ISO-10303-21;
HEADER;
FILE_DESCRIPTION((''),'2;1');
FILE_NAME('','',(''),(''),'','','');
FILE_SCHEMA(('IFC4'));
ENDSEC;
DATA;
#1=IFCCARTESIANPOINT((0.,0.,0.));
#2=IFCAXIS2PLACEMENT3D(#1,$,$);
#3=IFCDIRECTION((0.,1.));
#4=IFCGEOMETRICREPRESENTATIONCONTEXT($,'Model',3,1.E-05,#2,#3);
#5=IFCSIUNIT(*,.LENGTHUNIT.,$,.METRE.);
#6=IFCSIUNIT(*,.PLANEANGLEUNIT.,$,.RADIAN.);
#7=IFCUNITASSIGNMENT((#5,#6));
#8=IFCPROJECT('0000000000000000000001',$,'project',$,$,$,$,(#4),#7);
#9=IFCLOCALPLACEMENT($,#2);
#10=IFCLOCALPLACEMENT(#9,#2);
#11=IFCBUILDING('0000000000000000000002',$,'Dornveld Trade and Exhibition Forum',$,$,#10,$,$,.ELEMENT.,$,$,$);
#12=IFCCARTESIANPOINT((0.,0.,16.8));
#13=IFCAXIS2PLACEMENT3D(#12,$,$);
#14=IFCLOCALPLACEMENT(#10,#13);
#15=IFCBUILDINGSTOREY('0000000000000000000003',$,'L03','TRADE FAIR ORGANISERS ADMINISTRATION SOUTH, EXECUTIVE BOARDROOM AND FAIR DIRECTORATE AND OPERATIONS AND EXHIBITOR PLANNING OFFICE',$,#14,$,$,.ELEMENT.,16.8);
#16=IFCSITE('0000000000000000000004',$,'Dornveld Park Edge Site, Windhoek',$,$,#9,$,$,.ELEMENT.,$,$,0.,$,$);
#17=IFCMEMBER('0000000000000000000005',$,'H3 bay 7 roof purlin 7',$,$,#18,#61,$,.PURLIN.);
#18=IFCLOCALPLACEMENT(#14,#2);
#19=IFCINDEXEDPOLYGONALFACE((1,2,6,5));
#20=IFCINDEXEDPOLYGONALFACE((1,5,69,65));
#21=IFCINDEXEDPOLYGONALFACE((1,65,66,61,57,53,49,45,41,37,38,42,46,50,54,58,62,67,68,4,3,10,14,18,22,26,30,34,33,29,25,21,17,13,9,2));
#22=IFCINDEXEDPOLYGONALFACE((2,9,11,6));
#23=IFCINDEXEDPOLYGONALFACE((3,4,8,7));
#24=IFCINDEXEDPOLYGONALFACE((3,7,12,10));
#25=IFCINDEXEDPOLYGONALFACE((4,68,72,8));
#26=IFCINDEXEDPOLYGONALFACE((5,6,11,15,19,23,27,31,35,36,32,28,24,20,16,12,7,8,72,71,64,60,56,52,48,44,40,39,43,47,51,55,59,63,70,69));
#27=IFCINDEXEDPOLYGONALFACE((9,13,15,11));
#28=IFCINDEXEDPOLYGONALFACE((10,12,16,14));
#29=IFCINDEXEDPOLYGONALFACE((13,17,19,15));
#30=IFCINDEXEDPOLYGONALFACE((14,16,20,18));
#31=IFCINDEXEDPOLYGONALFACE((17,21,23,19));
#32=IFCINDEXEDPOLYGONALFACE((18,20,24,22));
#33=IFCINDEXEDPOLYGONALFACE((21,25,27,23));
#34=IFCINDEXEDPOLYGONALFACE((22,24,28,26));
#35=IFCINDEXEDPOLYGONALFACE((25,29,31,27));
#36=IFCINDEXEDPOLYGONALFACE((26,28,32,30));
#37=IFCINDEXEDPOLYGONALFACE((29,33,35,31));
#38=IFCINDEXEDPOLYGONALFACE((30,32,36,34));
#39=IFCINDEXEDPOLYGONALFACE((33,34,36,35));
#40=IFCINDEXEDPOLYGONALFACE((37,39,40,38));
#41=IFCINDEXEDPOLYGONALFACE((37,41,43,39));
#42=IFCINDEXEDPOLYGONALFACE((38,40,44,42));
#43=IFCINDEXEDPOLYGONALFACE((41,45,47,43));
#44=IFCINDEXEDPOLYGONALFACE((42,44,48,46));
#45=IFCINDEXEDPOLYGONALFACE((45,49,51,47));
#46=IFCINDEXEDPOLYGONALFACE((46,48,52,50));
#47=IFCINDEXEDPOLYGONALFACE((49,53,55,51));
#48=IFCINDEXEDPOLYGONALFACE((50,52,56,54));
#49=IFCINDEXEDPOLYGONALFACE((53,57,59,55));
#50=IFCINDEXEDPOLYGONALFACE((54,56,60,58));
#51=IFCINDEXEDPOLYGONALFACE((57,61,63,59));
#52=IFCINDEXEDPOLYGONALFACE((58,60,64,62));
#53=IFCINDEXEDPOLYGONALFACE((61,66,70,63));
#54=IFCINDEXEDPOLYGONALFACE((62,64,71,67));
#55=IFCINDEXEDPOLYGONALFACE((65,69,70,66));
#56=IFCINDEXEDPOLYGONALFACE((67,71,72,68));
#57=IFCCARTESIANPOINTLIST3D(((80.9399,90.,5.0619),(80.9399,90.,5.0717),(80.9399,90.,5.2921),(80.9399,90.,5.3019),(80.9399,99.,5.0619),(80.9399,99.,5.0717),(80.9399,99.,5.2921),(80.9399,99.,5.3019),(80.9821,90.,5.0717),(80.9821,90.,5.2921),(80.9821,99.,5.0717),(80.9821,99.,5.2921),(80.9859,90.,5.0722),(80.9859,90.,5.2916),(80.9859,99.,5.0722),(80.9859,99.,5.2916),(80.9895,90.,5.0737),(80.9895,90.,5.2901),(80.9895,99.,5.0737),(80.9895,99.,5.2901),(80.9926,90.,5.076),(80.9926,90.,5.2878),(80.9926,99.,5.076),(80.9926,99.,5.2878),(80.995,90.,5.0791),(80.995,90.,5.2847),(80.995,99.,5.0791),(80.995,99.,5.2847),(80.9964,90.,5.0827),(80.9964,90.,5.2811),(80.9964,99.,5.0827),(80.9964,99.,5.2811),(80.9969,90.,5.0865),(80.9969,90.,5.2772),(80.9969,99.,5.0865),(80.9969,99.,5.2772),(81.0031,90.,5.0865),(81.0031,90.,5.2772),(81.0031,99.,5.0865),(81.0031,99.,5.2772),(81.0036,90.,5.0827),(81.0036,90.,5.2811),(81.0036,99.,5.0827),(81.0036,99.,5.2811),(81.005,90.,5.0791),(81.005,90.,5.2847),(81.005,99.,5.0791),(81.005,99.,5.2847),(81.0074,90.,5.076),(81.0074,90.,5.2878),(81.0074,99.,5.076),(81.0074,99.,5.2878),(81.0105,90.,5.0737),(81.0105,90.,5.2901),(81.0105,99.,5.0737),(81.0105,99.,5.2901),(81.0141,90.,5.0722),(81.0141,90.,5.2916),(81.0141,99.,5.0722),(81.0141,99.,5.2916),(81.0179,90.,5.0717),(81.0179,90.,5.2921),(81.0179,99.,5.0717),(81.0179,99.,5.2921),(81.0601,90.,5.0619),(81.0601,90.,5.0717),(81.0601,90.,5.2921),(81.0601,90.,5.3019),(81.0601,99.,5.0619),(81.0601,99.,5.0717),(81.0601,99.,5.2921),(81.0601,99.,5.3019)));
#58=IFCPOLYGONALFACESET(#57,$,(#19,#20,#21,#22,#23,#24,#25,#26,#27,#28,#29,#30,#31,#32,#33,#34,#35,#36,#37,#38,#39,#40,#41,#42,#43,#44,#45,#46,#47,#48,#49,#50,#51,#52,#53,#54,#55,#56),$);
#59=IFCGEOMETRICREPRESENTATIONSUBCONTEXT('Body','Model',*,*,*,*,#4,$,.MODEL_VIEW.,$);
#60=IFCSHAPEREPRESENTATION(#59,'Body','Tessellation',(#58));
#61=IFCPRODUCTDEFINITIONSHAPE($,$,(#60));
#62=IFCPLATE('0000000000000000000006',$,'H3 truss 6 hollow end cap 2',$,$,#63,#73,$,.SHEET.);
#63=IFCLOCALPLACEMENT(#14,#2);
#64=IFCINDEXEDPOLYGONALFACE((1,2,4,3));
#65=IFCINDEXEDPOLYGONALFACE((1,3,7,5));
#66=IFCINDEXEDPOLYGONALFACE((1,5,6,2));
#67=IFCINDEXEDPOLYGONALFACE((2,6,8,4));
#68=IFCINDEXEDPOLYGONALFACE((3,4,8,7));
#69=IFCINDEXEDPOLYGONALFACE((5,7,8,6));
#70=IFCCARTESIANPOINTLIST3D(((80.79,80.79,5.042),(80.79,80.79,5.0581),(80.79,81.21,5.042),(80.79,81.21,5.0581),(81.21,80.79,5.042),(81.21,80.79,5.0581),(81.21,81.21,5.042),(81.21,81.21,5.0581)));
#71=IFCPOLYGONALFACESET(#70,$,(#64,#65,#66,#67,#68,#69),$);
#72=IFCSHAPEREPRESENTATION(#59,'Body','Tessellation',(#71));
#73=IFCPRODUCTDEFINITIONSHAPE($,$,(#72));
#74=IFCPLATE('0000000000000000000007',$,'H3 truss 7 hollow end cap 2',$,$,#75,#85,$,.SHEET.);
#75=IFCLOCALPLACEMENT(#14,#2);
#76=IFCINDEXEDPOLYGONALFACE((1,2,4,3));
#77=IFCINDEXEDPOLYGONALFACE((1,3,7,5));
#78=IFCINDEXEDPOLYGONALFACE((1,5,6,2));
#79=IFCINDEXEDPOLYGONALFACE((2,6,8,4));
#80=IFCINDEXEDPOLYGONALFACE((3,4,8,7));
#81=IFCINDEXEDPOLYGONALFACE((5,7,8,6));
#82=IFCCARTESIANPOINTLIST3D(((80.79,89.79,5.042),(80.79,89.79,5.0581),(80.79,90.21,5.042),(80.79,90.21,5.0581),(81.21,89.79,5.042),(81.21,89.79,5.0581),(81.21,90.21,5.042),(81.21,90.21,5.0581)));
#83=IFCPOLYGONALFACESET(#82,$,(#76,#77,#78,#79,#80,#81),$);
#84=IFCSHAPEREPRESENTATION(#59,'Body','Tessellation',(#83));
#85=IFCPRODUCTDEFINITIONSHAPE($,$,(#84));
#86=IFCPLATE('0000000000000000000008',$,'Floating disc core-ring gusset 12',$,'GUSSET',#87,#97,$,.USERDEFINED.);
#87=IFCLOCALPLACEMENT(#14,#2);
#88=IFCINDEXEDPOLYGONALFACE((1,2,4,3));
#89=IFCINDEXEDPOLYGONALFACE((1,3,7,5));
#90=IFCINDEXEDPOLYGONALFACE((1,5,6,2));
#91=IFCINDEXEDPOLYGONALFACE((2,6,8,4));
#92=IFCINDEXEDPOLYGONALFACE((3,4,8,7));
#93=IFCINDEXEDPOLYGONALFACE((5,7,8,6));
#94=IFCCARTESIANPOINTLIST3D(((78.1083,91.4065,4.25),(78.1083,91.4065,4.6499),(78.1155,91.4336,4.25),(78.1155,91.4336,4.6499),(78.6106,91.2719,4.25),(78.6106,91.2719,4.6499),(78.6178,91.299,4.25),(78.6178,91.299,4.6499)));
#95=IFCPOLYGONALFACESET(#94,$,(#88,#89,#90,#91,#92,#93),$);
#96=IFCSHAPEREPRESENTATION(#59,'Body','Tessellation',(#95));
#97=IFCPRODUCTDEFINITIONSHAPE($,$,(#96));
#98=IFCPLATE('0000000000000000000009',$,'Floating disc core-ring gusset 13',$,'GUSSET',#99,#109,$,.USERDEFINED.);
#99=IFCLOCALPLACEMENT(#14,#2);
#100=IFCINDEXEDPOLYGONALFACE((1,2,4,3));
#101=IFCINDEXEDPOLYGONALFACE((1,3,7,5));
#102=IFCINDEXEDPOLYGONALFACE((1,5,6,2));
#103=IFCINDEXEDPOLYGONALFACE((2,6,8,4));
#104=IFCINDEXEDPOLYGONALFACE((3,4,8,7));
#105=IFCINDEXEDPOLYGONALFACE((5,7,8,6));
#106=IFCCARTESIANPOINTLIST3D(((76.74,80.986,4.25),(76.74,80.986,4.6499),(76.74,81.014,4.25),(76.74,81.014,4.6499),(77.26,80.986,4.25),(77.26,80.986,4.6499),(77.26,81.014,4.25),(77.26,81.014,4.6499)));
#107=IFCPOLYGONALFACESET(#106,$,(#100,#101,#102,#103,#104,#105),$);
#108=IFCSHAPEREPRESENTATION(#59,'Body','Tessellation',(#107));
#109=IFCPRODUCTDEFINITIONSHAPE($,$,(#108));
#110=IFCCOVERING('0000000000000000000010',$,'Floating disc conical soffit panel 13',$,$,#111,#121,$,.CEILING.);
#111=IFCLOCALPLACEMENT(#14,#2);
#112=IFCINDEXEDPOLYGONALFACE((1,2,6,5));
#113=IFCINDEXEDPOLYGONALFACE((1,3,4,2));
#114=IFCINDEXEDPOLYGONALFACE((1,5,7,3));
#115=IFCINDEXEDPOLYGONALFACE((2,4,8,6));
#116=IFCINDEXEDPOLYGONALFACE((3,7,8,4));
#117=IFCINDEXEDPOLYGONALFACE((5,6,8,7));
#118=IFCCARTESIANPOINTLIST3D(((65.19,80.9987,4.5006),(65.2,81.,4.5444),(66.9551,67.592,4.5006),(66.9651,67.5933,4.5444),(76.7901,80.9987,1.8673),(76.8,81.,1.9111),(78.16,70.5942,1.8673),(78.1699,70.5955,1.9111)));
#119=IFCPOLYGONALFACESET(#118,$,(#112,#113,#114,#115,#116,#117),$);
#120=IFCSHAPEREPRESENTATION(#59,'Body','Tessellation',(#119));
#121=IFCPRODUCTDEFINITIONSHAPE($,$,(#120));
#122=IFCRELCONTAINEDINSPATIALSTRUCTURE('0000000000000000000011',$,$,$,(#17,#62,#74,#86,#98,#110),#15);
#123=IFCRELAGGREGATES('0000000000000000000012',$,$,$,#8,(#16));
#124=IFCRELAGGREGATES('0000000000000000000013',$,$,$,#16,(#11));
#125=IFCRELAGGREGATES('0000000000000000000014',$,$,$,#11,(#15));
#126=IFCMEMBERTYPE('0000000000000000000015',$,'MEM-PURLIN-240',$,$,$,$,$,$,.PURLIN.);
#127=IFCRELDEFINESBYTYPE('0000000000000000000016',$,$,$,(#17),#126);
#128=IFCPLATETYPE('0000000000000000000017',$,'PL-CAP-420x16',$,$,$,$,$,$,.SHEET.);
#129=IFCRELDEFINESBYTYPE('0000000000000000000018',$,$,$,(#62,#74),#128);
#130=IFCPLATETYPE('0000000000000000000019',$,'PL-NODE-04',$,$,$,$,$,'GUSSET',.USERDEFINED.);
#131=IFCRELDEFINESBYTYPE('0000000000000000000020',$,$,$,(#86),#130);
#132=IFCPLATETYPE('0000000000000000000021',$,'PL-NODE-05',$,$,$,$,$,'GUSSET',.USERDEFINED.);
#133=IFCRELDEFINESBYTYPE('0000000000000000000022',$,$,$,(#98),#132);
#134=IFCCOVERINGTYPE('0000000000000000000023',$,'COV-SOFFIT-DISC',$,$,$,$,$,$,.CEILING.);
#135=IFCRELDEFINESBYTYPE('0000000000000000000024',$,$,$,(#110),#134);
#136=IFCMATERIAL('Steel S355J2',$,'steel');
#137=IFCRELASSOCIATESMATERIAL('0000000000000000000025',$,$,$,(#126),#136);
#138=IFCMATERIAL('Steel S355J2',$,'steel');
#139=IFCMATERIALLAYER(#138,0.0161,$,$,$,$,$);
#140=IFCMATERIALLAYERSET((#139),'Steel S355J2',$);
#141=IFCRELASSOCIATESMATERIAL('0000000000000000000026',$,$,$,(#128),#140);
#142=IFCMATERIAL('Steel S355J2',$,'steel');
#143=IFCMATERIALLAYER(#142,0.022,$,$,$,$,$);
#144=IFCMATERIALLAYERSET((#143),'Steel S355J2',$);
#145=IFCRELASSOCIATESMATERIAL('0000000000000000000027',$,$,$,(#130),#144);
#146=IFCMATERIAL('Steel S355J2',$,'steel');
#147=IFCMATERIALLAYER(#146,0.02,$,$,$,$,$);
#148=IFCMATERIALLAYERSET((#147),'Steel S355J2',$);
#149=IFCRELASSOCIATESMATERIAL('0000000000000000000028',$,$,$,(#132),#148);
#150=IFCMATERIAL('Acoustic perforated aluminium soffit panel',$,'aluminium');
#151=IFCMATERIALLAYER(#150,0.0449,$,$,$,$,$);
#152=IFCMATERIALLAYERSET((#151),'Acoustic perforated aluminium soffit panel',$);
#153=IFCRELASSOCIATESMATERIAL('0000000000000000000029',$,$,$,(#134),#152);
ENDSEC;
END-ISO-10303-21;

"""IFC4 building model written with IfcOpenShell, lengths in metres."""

from ifc_helpers import new_model, si_unit, direction, frame, origin, origin_2d, place, context, subcontext, project, spatial, polyline, rectangle, i_section, outline, extrude, material, layer, layer_set, material_profile, profile_set, type_object, element, save


model = new_model("IFC4")

# Units and contexts
model_context = context("Model", 3, precision=1e-05, world=origin(), true_north=direction((0.0, 1.0)))
body_context = subcontext(model_context, "Body", "Model", "MODEL_VIEW")
ifc_project = project(units=[si_unit("LENGTHUNIT", "METRE"), si_unit("PLANEANGLEUNIT", "RADIAN")], contexts=[model_context])

# Site, building, storey
site_placement = place(None, origin())
site = spatial("IfcSite", under=ifc_project, at=site_placement, Name="Dornveld Park Edge Site, Windhoek", CompositionType="ELEMENT", RefElevation=0.0)
building_placement = place(site_placement, origin())
building = spatial("IfcBuilding", under=site, at=building_placement, Name="Dornveld Trade and Exhibition Forum", CompositionType="ELEMENT")
storey_placement = place(building_placement, frame((0.0, 0.0, 16.8)))
storey = spatial("IfcBuildingStorey", under=building, at=storey_placement, Name="L03", Description="TRADE FAIR ORGANISERS ADMINISTRATION SOUTH, EXECUTIVE BOARDROOM AND FAIR DIRECTORATE AND OPERATIONS AND EXHIBITOR PLANNING OFFICE", CompositionType="ELEMENT", Elevation=16.8)

# Member
ifc_material_1 = material(Name="Steel S355J2", Category="steel")
ifc_material_profile_1 = material_profile(ifc_material_1, i_section(OverallWidth=0.1201, OverallDepth=0.24, WebThickness=0.0061, FlangeThickness=0.0098, FilletRadius=0.0149, at=origin_2d()), Name="IPE 240")
ifc_profile_set_1 = profile_set([ifc_material_profile_1], Name="Steel S355J2")
member_type_1 = type_object("IfcMemberType", Name="MEM-PURLIN-240", PredefinedType="PURLIN", material=ifc_profile_set_1)
for number, where, z_axis, x_axis, name in (
    (1, (81.0, 90.0, 5.1819), (0.0, 1.0, 0.0), (-1.0, 0.0, 0.0), "H3 bay 7 roof purlin 7"),
):
    element("IfcMember", number, at=place(storey_placement, frame(where, z_axis=z_axis, x_axis=x_axis)), inside=storey, type_object=member_type_1, Name=name, PredefinedType="PURLIN", context=body_context, shape_type="SweptSolid", body=[
        extrude(i_section(OverallWidth=0.1201, OverallDepth=0.24, WebThickness=0.0061, FlangeThickness=0.0098, FilletRadius=0.0149, at=origin_2d()), origin(), (0.0, 0.0, 1.0), 9.0),
    ])

# Plates
ifc_material_2 = material(Name="Steel S355J2", Category="steel")
ifc_layer_1 = layer(ifc_material_2, 0.0161)
ifc_layer_set_1 = layer_set([ifc_layer_1], Name="Steel S355J2")
plate_type_1 = type_object("IfcPlateType", Name="PL-CAP-420x16", PredefinedType="SHEET", material=ifc_layer_set_1)
for number, where, z_axis, x_axis, name in (
    (2, (81.0, 81.0, 5.042), (0.0, 0.0, 1.0), (1.0, 0.0, 0.0), "H3 truss 6 hollow end cap 2"),
    (3, (81.0, 90.0, 5.042), (0.0, 0.0, 1.0), (1.0, 0.0, 0.0), "H3 truss 7 hollow end cap 2"),
):
    element("IfcPlate", number, at=place(storey_placement, frame(where, z_axis=z_axis, x_axis=x_axis)), inside=storey, type_object=plate_type_1, Name=name, PredefinedType="SHEET", context=body_context, shape_type="SweptSolid", body=[
        extrude(rectangle(XDim=0.4199, YDim=0.4199, at=origin_2d()), origin(), (0.0, 0.0, 1.0), 0.0161),
    ])
ifc_material_3 = material(Name="Steel S355J2", Category="steel")
ifc_layer_2 = layer(ifc_material_3, 0.022)
ifc_layer_set_2 = layer_set([ifc_layer_2], Name="Steel S355J2")
plate_type_2 = type_object("IfcPlateType", Name="PL-NODE-04", ElementType="GUSSET", PredefinedType="USERDEFINED", material=ifc_layer_set_2)
plate_1_placement = place(storey_placement, frame((78.363, 91.3528, 4.25), z_axis=(0.0, 0.0, 1.0), x_axis=(-0.965926, 0.258819, 0.0)))
element("IfcPlate", 4, at=plate_1_placement, inside=storey, type_object=plate_type_2, Name="Floating disc core-ring gusset 12", ObjectType="GUSSET", PredefinedType="USERDEFINED", context=body_context, shape_type="SweptSolid", body=[
    extrude(rectangle(XDim=0.52, YDim=0.0281, at=origin_2d()), origin(), (0.0, 0.0, 1.0), 0.3999),
])
ifc_material_4 = material(Name="Steel S355J2", Category="steel")
ifc_layer_3 = layer(ifc_material_4, 0.02)
ifc_layer_set_3 = layer_set([ifc_layer_3], Name="Steel S355J2")
plate_type_3 = type_object("IfcPlateType", Name="PL-NODE-05", ElementType="GUSSET", PredefinedType="USERDEFINED", material=ifc_layer_set_3)
plate_2_placement = place(storey_placement, frame((77.0, 81.0, 4.25), z_axis=(0.0, 0.0, 1.0), x_axis=(-1.0, 0.0, 0.0)))
element("IfcPlate", 5, at=plate_2_placement, inside=storey, type_object=plate_type_3, Name="Floating disc core-ring gusset 13", ObjectType="GUSSET", PredefinedType="USERDEFINED", context=body_context, shape_type="SweptSolid", body=[
    extrude(rectangle(XDim=0.52, YDim=0.0281, at=origin_2d()), origin(), (0.0, 0.0, 1.0), 0.3999),
])

# Covering
ifc_material_5 = material(Name="Acoustic perforated aluminium soffit panel", Category="aluminium")
ifc_layer_4 = layer(ifc_material_5, 0.0449)
ifc_layer_set_4 = layer_set([ifc_layer_4], Name="Acoustic perforated aluminium soffit panel")
covering_type = type_object("IfcCoveringType", Name="COV-SOFFIT-DISC", PredefinedType="CEILING", material=ifc_layer_set_4)
covering_placement = place(storey_placement, frame((76.8, 81.0, 1.9111), z_axis=(0.22128, 0.029134, 0.974775), x_axis=(-0.975189, 0.0, 0.221374)))
element("IfcCovering", 6, at=covering_placement, inside=storey, type_object=covering_type, Name="Floating disc conical soffit panel 13", PredefinedType="CEILING", context=body_context, shape_type="SweptSolid", body=[
    extrude(outline(polyline([(0.0, 0.0), (11.8952, 0.0), (10.1739, 13.4124), (-1.3359, 10.409), (0.0, 0.0)])), origin(), (0.0, 0.0, -1.0), 0.0449),
])

save(model, "model.ifc")
